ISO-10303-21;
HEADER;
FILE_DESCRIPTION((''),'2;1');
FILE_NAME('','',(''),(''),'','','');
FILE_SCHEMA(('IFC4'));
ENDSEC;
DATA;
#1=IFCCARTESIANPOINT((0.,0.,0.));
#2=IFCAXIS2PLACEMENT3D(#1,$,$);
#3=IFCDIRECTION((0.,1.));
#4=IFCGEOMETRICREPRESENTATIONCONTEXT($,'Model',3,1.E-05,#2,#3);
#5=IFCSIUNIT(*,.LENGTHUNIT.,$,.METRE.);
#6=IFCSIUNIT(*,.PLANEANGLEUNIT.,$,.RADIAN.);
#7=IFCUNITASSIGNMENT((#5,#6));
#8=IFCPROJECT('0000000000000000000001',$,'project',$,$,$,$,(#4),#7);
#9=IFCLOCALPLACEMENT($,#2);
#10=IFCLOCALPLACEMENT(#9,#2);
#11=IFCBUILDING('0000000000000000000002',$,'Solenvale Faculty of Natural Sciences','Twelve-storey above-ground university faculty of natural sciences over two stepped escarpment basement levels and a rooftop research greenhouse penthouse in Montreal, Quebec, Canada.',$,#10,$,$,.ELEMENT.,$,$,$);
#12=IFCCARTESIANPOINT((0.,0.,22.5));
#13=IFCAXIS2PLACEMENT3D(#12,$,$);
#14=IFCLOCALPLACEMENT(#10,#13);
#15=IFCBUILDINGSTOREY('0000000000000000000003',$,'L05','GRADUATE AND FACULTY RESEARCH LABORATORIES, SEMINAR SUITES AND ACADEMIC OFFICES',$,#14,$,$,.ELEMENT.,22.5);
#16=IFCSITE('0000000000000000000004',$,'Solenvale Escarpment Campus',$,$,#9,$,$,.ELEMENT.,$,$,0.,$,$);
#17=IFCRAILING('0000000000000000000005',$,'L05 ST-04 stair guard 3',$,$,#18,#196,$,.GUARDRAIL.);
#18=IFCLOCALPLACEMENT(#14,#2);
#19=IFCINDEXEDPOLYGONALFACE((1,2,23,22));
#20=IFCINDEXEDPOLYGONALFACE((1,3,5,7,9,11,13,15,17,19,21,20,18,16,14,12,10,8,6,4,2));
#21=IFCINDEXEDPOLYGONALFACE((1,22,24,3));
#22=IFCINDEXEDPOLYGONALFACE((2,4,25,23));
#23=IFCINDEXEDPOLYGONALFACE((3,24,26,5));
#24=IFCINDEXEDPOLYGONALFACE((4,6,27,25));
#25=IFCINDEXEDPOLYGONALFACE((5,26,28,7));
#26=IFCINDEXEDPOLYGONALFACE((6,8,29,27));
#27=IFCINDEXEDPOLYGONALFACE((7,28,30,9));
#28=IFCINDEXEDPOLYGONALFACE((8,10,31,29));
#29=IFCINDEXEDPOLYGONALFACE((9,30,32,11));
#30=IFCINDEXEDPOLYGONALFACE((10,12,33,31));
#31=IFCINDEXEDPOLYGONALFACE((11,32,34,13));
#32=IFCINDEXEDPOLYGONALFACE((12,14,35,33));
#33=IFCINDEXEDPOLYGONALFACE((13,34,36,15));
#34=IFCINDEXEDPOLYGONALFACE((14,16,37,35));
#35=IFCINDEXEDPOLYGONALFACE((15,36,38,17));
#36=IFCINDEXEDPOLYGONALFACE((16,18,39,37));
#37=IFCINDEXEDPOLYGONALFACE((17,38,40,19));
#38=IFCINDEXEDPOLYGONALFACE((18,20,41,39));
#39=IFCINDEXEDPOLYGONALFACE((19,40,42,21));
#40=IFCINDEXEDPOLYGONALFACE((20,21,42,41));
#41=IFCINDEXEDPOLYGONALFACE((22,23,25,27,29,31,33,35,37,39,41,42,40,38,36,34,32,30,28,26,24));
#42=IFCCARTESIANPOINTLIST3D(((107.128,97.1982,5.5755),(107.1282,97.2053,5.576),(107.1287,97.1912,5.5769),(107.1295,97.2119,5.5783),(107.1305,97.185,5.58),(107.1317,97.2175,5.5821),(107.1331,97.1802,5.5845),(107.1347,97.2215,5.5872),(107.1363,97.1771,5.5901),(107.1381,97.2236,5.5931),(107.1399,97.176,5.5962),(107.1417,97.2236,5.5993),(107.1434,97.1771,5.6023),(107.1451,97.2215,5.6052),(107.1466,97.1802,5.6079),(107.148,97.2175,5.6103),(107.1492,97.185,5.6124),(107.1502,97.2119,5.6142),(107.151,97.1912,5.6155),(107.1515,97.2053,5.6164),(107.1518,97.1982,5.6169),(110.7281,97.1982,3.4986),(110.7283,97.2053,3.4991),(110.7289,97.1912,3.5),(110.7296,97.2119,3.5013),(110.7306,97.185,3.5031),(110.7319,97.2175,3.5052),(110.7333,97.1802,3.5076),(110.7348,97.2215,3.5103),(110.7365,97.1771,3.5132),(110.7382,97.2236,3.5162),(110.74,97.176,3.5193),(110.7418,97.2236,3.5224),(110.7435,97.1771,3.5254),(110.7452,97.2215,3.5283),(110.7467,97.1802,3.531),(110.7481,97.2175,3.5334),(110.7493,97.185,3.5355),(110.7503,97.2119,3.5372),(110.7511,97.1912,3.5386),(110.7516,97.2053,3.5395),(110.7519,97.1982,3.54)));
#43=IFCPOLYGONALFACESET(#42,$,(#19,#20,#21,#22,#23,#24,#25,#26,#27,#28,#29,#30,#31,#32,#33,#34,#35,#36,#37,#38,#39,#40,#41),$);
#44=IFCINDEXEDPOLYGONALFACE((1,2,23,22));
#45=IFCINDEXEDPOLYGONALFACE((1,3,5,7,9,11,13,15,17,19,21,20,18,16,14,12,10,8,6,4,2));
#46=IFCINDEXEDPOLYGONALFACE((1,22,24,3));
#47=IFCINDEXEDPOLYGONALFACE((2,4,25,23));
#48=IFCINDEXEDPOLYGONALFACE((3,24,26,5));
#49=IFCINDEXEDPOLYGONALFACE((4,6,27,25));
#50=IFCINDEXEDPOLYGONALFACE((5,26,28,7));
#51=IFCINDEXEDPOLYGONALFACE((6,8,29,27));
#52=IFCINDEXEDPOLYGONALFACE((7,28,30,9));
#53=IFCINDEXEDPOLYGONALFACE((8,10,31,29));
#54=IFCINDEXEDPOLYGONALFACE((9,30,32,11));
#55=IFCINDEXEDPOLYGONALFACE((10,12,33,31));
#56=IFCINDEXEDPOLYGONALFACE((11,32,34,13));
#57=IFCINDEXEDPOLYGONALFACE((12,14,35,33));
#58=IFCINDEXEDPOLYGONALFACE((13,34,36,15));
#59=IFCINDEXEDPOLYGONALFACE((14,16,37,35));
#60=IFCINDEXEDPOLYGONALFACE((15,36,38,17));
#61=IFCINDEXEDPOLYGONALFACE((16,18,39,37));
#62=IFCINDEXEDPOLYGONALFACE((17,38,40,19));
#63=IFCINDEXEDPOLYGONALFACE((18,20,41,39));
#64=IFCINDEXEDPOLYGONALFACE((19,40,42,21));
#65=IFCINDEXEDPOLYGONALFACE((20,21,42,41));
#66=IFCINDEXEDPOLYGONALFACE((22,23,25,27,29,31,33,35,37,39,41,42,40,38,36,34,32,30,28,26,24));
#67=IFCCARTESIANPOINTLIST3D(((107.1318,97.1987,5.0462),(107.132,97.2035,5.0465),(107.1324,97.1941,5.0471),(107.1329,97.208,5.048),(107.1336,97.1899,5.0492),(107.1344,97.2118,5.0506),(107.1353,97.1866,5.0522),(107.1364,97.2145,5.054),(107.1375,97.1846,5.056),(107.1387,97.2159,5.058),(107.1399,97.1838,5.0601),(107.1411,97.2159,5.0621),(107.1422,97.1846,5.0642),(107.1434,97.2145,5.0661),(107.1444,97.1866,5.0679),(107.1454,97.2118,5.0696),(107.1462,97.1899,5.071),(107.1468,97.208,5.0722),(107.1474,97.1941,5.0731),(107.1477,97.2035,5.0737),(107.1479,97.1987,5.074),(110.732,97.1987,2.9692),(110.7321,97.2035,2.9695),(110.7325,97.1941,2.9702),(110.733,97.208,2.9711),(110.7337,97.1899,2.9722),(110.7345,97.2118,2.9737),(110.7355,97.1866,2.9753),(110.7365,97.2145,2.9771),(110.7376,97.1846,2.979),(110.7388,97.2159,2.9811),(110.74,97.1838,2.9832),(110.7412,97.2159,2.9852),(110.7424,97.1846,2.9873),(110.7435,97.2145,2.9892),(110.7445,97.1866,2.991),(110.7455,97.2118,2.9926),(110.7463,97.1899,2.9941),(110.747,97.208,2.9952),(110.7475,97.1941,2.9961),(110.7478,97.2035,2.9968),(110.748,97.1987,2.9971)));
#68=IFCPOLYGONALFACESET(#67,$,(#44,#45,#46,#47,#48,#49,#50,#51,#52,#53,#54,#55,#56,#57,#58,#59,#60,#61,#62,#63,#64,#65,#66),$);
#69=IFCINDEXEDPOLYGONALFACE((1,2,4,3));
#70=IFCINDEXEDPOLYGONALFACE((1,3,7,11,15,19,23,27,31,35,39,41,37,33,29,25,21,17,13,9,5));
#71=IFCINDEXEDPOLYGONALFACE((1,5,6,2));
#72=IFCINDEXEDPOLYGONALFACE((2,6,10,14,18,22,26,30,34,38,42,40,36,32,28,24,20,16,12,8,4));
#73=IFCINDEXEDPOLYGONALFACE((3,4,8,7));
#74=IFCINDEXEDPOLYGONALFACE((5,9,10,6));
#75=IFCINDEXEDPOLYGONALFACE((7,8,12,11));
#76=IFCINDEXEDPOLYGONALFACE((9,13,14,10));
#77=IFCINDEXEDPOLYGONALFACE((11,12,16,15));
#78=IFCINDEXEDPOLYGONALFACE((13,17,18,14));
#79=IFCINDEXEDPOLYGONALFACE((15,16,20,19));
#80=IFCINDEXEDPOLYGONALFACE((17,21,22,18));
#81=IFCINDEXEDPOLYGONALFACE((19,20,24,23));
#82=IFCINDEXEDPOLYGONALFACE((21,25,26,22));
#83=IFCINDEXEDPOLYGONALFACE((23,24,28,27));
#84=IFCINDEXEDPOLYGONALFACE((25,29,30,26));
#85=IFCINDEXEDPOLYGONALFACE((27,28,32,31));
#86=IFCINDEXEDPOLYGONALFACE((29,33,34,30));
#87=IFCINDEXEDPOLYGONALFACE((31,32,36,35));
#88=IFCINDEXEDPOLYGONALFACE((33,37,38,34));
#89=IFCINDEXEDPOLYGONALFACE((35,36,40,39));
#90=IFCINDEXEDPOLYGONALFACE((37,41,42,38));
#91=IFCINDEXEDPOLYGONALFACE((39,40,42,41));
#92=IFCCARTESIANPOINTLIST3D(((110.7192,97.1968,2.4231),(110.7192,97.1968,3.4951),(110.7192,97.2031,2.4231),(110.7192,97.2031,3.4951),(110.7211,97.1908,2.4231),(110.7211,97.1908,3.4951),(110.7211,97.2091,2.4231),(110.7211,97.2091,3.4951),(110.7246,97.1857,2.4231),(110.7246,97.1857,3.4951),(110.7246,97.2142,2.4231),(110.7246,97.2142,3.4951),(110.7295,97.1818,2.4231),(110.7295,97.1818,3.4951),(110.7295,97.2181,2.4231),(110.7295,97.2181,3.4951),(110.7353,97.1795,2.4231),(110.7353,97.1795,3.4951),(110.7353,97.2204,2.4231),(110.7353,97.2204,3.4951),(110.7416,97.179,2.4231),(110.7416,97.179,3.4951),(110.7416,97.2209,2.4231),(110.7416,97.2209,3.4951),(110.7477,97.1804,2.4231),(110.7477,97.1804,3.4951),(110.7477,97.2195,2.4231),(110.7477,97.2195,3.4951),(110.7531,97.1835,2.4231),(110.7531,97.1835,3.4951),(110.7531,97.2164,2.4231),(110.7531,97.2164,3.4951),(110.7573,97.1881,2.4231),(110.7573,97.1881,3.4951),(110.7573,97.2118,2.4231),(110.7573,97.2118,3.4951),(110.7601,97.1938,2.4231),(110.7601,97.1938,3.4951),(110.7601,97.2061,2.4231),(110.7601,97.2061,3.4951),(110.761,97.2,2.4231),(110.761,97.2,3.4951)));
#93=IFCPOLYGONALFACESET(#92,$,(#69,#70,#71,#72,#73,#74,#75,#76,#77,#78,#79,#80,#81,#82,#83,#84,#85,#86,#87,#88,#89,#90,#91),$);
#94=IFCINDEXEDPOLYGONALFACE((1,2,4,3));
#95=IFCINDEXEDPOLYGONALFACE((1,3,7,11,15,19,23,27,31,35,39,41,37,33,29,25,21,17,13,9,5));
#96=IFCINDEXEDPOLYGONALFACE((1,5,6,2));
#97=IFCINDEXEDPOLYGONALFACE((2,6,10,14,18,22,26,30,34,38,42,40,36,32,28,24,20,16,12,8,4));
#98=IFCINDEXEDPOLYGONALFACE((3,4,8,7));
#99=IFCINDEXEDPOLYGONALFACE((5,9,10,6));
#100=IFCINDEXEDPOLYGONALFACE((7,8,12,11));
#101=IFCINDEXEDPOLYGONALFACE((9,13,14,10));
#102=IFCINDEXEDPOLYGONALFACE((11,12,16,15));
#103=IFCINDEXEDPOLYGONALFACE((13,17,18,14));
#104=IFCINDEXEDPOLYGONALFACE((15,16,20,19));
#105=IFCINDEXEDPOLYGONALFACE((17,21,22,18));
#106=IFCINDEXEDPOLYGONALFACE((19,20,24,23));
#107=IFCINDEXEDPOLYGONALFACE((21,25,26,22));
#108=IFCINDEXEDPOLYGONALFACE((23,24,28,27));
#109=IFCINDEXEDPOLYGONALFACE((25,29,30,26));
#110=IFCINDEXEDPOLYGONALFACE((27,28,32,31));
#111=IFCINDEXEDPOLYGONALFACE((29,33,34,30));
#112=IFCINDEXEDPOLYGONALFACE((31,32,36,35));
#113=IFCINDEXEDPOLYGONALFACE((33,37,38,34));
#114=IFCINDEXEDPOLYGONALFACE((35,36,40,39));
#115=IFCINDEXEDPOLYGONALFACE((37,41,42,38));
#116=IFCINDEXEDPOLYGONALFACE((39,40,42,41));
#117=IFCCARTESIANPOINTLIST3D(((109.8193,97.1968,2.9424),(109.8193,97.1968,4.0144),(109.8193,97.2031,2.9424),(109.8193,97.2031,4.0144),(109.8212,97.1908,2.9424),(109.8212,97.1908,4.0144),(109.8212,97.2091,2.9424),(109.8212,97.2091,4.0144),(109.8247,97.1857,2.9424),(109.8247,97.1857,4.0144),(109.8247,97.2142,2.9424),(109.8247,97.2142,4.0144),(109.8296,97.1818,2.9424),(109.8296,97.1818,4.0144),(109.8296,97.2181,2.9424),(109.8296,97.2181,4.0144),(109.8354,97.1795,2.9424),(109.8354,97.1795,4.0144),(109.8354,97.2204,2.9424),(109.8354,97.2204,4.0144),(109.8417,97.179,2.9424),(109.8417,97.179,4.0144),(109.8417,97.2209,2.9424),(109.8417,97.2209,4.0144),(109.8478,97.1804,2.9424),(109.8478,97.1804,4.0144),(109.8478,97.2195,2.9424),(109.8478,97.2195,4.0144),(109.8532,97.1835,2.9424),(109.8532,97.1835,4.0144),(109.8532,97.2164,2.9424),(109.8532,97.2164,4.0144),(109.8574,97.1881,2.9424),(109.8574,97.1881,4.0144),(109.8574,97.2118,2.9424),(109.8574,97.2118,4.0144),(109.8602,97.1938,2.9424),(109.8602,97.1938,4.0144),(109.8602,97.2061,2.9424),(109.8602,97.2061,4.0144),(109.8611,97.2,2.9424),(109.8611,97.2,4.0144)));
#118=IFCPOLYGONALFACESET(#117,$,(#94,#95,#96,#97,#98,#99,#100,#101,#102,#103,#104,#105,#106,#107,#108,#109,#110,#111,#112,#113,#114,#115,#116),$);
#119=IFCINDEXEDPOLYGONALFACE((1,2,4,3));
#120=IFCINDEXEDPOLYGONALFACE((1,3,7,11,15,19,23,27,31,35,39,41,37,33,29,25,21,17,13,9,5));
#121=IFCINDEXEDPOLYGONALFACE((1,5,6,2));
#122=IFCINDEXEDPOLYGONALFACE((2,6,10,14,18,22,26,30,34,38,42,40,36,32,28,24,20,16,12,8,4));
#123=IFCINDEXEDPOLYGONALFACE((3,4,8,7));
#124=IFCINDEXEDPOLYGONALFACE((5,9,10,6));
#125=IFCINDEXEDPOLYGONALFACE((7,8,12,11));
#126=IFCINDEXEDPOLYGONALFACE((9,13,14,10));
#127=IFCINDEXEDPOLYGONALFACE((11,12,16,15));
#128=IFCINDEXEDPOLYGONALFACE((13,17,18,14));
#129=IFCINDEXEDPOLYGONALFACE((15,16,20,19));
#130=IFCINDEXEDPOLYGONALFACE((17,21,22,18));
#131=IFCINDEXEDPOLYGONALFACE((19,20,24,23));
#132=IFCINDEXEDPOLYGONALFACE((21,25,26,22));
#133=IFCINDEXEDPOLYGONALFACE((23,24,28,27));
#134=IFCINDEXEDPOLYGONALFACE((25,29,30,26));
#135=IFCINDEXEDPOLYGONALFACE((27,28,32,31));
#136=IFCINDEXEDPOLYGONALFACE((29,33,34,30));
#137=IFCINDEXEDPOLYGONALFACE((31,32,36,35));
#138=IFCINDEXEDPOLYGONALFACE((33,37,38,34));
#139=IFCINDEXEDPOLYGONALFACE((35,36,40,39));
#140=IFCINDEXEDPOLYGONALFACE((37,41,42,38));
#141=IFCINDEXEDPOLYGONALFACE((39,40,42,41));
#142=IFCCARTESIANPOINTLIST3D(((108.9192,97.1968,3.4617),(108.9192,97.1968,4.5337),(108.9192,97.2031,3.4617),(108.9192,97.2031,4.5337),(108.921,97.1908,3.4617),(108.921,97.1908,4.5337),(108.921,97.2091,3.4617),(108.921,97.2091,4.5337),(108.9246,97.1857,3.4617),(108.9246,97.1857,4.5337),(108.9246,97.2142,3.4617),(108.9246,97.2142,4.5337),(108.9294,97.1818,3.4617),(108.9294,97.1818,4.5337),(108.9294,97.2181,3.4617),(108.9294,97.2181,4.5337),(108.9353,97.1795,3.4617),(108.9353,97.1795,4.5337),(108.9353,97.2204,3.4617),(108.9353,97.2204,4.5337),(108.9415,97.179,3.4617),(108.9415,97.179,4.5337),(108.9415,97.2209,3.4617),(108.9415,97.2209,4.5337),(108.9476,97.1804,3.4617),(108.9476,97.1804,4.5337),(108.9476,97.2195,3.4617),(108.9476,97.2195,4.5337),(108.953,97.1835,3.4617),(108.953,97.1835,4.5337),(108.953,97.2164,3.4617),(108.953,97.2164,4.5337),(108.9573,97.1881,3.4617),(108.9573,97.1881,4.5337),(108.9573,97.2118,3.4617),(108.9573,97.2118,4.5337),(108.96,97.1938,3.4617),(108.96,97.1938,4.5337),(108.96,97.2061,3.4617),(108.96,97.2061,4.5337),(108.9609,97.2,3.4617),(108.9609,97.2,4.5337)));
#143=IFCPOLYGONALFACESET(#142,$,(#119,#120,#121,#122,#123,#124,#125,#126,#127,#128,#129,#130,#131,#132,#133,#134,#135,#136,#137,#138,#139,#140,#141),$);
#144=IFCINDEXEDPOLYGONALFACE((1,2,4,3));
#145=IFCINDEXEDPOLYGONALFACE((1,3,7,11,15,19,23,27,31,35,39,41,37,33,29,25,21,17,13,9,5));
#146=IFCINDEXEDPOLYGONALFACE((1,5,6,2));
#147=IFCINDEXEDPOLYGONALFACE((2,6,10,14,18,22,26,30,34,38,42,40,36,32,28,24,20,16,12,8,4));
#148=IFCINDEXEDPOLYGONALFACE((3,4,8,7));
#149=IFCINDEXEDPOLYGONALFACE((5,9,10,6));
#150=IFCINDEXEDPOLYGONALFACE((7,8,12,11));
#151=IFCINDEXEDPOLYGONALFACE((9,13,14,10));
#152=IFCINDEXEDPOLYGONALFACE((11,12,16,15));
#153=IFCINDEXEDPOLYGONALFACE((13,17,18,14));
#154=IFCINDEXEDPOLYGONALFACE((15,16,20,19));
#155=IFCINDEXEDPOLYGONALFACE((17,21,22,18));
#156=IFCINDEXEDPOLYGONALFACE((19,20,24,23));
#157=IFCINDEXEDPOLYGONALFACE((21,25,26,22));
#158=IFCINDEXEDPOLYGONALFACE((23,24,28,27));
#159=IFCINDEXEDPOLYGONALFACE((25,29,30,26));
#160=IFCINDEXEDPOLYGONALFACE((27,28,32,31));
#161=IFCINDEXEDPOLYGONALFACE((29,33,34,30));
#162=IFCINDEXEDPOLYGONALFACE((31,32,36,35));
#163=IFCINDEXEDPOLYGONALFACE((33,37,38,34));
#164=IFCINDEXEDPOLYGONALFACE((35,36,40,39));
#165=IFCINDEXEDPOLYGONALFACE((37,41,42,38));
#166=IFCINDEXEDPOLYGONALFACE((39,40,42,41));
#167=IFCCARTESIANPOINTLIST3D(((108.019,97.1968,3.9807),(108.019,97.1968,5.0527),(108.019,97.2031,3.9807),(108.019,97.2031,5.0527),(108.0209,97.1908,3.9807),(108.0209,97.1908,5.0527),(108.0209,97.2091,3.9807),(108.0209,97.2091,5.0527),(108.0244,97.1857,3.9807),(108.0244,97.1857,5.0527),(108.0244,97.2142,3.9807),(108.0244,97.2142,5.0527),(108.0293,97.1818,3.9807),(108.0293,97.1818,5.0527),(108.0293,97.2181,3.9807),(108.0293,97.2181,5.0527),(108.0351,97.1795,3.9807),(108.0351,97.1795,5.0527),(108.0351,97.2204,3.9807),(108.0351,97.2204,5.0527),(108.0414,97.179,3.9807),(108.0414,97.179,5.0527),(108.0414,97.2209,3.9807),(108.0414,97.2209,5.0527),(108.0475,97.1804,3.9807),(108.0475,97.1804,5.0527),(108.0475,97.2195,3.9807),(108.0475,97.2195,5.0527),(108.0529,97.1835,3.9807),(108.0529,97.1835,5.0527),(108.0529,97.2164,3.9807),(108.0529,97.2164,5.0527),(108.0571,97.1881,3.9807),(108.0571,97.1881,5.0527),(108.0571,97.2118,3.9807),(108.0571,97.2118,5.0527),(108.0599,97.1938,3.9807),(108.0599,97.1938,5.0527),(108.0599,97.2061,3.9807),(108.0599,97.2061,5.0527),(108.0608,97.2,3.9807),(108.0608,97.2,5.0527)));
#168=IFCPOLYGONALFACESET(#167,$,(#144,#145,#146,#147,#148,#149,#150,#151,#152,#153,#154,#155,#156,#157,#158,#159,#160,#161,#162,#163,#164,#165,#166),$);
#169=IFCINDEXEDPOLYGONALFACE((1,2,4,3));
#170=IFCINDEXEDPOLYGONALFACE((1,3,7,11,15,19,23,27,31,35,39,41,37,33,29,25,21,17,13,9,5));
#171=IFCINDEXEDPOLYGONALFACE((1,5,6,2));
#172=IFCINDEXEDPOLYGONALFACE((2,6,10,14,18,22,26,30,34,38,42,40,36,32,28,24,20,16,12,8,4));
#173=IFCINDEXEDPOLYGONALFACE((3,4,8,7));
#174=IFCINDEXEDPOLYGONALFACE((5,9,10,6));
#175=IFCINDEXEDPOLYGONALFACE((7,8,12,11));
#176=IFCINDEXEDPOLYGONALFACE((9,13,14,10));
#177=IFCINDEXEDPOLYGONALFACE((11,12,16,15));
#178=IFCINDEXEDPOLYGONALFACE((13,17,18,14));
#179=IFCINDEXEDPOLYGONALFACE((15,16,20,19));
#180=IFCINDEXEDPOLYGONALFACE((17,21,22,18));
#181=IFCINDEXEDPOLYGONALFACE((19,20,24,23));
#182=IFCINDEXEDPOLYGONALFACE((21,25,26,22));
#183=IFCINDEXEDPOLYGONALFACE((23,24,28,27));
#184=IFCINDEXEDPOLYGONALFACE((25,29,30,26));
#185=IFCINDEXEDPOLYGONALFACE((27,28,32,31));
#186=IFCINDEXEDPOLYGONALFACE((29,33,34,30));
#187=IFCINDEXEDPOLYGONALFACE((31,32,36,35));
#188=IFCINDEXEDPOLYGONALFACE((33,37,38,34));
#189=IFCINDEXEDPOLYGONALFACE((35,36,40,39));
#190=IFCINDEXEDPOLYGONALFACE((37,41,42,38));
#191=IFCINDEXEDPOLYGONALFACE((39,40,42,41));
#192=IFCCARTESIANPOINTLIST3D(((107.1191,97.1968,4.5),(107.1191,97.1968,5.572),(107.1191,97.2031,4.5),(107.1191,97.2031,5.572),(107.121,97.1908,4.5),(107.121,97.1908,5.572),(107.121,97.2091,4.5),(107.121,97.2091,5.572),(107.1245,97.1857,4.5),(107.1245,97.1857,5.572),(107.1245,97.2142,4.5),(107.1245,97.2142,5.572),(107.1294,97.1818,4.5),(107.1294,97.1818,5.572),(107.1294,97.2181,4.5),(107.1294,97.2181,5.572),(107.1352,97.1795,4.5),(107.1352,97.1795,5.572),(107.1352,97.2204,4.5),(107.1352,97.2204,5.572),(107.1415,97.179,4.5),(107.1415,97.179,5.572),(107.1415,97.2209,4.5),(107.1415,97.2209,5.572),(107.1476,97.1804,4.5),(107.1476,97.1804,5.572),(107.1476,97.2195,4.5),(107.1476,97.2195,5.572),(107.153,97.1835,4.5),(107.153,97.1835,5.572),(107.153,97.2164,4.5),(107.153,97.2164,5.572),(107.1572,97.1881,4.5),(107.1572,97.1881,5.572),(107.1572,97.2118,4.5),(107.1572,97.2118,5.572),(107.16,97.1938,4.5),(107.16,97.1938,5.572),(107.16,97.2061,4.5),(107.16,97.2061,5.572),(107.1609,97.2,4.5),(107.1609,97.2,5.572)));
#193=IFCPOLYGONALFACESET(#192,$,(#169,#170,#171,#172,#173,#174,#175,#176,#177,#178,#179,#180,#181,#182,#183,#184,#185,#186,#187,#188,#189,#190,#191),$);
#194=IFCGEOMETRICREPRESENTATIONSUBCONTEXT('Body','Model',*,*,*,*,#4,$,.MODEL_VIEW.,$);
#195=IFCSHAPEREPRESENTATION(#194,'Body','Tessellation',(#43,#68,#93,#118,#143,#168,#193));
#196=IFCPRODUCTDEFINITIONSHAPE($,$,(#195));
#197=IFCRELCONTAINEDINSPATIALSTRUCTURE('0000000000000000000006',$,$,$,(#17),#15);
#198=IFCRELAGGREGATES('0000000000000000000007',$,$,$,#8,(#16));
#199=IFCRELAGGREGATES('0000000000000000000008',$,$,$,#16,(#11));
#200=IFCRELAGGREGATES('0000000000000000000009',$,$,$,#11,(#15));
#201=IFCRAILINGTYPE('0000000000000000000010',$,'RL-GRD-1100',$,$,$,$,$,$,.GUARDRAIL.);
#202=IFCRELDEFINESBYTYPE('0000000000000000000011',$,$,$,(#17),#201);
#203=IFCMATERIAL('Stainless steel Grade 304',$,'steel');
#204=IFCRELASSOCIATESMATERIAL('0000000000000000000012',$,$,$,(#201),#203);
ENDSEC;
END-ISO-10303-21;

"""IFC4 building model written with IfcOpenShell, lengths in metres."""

from ifc_helpers import new_model, si_unit, direction, frame, origin, origin_2d, place, context, subcontext, project, spatial, circle, extrude, material, type_object, element, save


model = new_model("IFC4")

# Units and contexts
model_context = context("Model", 3, precision=1e-05, world=origin(), true_north=direction((0.0, 1.0)))
body_context = subcontext(model_context, "Body", "Model", "MODEL_VIEW")
ifc_project = project(units=[si_unit("LENGTHUNIT", "METRE"), si_unit("PLANEANGLEUNIT", "RADIAN")], contexts=[model_context])

# Site, building, storey
site_placement = place(None, origin())
site = spatial("IfcSite", under=ifc_project, at=site_placement, Name="Solenvale Escarpment Campus", CompositionType="ELEMENT", RefElevation=0.0)
building_placement = place(site_placement, origin())
building = spatial("IfcBuilding", under=site, at=building_placement, Name="Solenvale Faculty of Natural Sciences", Description="Twelve-storey above-ground university faculty of natural sciences over two stepped escarpment basement levels and a rooftop research greenhouse penthouse in Montreal, Quebec, Canada.", CompositionType="ELEMENT")
storey_placement = place(building_placement, frame((0.0, 0.0, 22.5)))
storey = spatial("IfcBuildingStorey", under=building, at=storey_placement, Name="L05", Description="GRADUATE AND FACULTY RESEARCH LABORATORIES, SEMINAR SUITES AND ACADEMIC OFFICES", CompositionType="ELEMENT", Elevation=22.5)

# Railing
ifc_material_1 = material(Name="Stainless steel Grade 304", Category="steel")
railing_type_1 = type_object("IfcRailingType", Name="RL-GRD-1100", PredefinedType="GUARDRAIL", material=ifc_material_1)
railing_1_placement = place(storey_placement, frame((110.74, 97.2, 2.4231)))
element("IfcRailing", 1, at=railing_1_placement, inside=storey, type_object=railing_type_1, Name="L05 ST-04 stair guard 3", PredefinedType="GUARDRAIL", context=body_context, shape_type="SweptSolid", body=[
    extrude(circle(Radius=0.0239, at=origin_2d()), frame((0.0, 0.0, 1.0962), z_axis=(-0.866193, 0.0, 0.499709), x_axis=(0.0, -1.0, 0.0)), (0.0, 0.0, 1.0), 4.1562),
    extrude(circle(Radius=0.0161, at=origin_2d()), frame((0.0, 0.0, 0.5601), z_axis=(-0.866193, 0.0, 0.499709), x_axis=(0.0, -1.0, 0.0)), (0.0, 0.0, 1.0), 4.1562),
    extrude(circle(Radius=0.021, at=origin_2d()), origin(), (0.0, 0.0, 1.0), 1.072),
    extrude(circle(Radius=0.021, at=origin_2d()), frame((-0.8999, 0.0, 0.5193)), (0.0, 0.0, 1.0), 1.072),
    extrude(circle(Radius=0.021, at=origin_2d()), frame((-1.8, 0.0, 1.0386)), (0.0, 0.0, 1.0), 1.072),
    extrude(circle(Radius=0.021, at=origin_2d()), frame((-2.7002, 0.0, 1.5576)), (0.0, 0.0, 1.0), 1.072),
    extrude(circle(Radius=0.021, at=origin_2d()), frame((-3.6001, 0.0, 2.0769)), (0.0, 0.0, 1.0), 1.072),
])

save(model, "model.ifc")
